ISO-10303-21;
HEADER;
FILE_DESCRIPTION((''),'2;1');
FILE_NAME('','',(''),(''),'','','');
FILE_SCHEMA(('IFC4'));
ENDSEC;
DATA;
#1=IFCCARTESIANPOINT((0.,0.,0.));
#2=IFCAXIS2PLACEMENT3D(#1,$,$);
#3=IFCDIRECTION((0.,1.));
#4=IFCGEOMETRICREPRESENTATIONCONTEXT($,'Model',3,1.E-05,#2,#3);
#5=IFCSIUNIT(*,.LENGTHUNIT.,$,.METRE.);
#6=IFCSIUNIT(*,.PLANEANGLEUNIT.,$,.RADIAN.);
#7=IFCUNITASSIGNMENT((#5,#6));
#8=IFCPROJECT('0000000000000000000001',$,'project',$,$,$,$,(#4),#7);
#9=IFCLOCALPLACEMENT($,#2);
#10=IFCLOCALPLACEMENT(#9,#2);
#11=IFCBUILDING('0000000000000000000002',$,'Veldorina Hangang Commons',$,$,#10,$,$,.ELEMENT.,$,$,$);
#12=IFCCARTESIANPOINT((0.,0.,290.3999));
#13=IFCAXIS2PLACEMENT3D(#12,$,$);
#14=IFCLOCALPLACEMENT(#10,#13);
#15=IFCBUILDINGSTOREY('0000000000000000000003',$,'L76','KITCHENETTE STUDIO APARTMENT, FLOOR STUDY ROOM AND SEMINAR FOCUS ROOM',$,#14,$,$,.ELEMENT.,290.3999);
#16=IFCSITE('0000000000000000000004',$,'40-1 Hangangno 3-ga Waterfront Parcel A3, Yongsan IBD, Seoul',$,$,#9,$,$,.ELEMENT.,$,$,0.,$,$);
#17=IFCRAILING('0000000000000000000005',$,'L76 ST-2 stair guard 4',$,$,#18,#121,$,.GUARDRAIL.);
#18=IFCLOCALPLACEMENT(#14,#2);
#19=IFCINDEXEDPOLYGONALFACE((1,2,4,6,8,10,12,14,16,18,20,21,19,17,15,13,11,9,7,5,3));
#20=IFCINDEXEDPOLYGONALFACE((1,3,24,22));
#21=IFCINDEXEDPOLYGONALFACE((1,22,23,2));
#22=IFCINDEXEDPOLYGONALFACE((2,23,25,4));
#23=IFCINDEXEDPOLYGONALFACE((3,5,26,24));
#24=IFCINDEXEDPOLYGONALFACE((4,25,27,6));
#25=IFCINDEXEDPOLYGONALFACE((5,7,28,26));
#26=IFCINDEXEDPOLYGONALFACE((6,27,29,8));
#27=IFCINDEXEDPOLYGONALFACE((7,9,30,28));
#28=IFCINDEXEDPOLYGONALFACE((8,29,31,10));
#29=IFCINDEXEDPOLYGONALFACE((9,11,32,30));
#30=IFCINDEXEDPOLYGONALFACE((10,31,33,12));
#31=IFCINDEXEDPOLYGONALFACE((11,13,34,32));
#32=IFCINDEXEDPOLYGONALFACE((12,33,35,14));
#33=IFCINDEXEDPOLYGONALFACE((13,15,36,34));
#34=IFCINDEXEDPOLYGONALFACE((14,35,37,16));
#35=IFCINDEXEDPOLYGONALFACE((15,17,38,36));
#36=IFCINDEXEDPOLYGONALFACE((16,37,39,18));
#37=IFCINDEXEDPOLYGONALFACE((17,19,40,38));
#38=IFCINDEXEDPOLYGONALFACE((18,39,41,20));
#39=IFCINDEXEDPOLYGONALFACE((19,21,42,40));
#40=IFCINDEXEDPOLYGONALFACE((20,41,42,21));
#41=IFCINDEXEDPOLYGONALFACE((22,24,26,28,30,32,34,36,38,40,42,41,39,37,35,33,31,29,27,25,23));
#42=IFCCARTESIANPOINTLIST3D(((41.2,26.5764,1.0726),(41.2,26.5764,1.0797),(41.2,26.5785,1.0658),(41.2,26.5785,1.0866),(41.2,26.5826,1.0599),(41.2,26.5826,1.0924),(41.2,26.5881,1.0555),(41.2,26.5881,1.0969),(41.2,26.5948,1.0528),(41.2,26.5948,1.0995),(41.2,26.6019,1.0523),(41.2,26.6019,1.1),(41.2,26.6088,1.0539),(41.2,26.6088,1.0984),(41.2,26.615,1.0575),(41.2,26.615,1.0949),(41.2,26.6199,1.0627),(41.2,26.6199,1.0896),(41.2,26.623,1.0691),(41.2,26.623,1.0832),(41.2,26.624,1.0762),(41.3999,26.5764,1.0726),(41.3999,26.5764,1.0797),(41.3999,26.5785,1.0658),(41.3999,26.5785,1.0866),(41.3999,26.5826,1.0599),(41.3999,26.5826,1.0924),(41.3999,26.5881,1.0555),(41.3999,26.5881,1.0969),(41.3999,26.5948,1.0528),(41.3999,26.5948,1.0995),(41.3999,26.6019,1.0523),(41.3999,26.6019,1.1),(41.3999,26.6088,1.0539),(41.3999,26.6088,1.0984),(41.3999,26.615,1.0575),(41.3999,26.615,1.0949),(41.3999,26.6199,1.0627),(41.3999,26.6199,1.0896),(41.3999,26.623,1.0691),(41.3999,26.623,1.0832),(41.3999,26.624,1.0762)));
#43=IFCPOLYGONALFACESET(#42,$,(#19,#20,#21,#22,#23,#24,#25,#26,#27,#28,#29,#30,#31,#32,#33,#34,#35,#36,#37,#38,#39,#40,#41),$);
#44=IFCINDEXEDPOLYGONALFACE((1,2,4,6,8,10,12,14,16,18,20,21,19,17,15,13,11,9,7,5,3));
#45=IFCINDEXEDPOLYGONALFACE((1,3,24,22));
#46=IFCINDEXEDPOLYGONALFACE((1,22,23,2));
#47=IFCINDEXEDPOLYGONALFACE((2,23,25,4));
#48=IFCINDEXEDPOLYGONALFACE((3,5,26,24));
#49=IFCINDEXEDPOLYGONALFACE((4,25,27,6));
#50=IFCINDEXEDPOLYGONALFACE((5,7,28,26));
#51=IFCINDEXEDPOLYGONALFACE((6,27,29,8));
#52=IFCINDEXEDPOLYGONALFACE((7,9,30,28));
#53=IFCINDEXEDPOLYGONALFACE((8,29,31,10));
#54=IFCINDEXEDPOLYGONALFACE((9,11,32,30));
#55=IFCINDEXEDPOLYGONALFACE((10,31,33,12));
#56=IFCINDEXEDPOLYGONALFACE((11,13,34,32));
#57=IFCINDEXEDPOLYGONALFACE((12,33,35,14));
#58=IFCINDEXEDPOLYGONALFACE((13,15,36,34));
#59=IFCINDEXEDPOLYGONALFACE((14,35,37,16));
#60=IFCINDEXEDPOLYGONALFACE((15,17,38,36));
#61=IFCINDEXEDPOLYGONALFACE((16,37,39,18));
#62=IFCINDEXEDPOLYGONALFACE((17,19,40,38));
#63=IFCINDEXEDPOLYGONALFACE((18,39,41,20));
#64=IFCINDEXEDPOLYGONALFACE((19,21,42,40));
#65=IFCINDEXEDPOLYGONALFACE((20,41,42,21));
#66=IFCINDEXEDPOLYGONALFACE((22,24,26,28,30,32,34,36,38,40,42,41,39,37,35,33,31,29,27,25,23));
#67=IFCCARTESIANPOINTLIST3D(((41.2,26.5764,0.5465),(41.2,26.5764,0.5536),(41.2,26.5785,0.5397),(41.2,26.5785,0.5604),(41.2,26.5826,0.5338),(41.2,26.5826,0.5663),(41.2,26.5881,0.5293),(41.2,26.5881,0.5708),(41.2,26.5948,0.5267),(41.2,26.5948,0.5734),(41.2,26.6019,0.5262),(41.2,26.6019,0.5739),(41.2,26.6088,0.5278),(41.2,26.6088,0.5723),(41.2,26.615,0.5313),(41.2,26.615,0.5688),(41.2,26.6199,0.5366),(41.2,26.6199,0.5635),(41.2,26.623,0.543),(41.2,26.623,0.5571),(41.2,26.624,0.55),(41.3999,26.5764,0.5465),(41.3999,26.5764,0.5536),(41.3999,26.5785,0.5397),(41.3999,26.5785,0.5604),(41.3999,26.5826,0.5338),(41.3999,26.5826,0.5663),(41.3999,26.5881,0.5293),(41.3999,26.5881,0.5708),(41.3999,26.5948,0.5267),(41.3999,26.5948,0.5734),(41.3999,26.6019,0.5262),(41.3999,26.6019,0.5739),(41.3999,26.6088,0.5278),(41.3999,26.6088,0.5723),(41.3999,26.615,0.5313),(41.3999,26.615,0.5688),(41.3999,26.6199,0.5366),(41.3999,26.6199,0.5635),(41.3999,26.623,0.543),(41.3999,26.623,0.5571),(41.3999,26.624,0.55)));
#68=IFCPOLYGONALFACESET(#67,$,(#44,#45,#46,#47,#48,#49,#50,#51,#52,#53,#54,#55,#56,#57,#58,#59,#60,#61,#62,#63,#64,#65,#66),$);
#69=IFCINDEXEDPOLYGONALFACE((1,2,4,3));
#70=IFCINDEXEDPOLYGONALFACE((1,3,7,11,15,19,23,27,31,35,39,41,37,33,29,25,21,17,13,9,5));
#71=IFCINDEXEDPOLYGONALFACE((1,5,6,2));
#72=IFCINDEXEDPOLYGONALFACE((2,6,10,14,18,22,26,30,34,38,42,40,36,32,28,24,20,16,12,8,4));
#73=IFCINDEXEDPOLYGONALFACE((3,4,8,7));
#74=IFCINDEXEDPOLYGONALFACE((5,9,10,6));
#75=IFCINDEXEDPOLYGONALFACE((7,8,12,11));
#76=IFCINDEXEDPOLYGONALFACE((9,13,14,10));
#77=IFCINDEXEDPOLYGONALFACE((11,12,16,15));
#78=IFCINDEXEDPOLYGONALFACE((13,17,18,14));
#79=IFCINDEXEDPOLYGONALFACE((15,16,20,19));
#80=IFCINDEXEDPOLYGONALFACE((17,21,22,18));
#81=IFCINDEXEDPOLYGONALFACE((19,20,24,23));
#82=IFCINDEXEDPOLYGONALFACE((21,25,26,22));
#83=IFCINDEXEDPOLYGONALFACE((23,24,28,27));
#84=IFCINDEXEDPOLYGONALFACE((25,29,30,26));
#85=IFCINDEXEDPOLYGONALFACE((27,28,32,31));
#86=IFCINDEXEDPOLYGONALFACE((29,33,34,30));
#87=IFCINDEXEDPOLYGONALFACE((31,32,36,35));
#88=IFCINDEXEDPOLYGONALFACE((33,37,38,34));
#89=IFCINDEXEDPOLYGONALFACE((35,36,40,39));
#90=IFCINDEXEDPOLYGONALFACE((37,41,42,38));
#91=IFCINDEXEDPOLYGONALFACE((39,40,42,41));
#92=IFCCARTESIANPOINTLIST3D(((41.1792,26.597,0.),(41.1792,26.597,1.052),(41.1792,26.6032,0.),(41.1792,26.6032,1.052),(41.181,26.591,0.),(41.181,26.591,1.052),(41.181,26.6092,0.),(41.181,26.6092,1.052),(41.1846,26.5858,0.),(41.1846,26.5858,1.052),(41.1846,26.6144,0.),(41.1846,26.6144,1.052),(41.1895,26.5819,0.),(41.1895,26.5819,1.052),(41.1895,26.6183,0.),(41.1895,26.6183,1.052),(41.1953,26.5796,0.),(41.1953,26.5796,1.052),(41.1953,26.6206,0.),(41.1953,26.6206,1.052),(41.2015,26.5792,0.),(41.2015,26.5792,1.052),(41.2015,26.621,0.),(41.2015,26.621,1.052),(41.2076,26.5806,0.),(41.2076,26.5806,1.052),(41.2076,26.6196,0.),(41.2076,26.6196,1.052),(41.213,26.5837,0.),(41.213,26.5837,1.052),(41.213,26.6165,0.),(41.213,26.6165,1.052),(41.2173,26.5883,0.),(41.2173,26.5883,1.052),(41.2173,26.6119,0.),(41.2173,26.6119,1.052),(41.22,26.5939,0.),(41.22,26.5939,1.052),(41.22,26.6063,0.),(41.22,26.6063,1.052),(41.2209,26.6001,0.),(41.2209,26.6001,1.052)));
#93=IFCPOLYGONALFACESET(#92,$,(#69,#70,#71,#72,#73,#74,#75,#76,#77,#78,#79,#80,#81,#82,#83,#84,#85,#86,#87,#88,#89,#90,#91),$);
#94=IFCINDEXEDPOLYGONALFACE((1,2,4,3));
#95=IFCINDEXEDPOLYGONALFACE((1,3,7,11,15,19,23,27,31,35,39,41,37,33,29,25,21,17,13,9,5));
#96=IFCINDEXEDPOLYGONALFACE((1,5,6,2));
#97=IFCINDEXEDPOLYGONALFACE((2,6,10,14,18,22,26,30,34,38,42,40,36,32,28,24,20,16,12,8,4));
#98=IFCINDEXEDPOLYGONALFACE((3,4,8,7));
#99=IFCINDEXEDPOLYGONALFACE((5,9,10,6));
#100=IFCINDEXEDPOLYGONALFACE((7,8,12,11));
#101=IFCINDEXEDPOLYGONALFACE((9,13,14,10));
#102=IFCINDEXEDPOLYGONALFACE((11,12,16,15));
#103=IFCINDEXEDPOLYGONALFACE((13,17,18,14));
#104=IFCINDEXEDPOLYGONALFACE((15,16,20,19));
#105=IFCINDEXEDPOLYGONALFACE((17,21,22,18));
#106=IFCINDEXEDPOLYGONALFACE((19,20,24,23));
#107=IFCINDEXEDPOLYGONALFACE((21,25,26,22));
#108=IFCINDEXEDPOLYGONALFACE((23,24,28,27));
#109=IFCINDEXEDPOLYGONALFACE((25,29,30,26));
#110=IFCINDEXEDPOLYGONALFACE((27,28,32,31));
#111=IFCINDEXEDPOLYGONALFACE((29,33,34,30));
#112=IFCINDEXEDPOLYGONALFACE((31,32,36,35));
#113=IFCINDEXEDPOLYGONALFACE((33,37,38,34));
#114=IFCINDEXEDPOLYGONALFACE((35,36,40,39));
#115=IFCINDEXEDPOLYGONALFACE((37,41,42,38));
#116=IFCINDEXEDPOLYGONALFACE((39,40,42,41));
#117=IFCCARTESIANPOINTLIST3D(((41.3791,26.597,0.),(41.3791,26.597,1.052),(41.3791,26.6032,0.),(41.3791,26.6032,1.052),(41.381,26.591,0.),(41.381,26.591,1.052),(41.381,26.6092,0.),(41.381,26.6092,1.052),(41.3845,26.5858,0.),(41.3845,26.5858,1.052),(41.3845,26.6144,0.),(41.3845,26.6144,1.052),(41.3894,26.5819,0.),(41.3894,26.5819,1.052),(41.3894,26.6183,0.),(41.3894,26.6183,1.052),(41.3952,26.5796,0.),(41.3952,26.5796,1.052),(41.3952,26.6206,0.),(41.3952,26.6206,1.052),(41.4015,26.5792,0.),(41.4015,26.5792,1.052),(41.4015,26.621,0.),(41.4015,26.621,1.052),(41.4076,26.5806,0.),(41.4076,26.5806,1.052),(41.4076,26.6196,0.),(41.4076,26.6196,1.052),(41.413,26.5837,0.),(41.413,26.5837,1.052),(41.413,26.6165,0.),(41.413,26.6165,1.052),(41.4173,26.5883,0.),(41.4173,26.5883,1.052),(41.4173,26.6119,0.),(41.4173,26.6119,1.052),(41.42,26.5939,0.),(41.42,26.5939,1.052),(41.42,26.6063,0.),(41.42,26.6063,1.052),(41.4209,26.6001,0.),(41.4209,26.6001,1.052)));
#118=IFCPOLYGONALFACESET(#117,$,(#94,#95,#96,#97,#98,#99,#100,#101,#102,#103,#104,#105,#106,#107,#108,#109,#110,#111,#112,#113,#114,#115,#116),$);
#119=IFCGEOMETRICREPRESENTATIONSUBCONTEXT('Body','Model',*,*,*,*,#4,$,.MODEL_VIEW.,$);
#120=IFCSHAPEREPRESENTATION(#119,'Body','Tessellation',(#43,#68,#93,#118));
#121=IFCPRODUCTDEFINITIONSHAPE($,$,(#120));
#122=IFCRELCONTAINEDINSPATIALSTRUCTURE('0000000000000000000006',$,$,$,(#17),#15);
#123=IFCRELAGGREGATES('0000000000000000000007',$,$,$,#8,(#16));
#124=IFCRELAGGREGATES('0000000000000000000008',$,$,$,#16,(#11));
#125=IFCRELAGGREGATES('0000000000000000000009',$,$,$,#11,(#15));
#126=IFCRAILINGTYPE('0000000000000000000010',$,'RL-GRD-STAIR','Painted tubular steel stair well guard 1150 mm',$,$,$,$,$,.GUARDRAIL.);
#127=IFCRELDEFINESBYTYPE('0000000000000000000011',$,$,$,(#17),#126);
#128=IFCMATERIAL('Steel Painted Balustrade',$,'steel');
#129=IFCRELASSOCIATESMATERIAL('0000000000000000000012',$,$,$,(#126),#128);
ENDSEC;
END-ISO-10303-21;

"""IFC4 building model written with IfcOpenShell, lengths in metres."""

from ifc_helpers import new_model, si_unit, direction, frame, origin, origin_2d, place, context, subcontext, project, spatial, circle, extrude, material, type_object, element, save


model = new_model("IFC4")

# Units and contexts
model_context = context("Model", 3, precision=1e-05, world=origin(), true_north=direction((0.0, 1.0)))
body_context = subcontext(model_context, "Body", "Model", "MODEL_VIEW")
ifc_project = project(units=[si_unit("LENGTHUNIT", "METRE"), si_unit("PLANEANGLEUNIT", "RADIAN")], contexts=[model_context])

# Site, building, storey
site_placement = place(None, origin())
site = spatial("IfcSite", under=ifc_project, at=site_placement, Name="40-1 Hangangno 3-ga Waterfront Parcel A3, Yongsan IBD, Seoul", CompositionType="ELEMENT", RefElevation=0.0)
building_placement = place(site_placement, origin())
building = spatial("IfcBuilding", under=site, at=building_placement, Name="Veldorina Hangang Commons", CompositionType="ELEMENT")
storey_placement = place(building_placement, frame((0.0, 0.0, 290.3999)))
storey = spatial("IfcBuildingStorey", under=building, at=storey_placement, Name="L76", Description="KITCHENETTE STUDIO APARTMENT, FLOOR STUDY ROOM AND SEMINAR FOCUS ROOM", CompositionType="ELEMENT", Elevation=290.3999)

# Railing
ifc_material_1 = material(Name="Steel Painted Balustrade", Category="steel")
railing_type_1 = type_object("IfcRailingType", Name="RL-GRD-STAIR", Description="Painted tubular steel stair well guard 1150 mm", PredefinedType="GUARDRAIL", material=ifc_material_1)
railing_1_placement = place(storey_placement, frame((41.2, 26.6001, 0.0)))
element("IfcRailing", 1, at=railing_1_placement, inside=storey, type_object=railing_type_1, Name="L76 ST-2 stair guard 4", PredefinedType="GUARDRAIL", context=body_context, shape_type="SweptSolid", body=[
    extrude(circle(Radius=0.0239, at=origin_2d()), frame((0.0, 0.0, 1.0762), z_axis=(1.0, 0.0, 0.0), x_axis=(0.0, 1.0, 0.0)), (0.0, 0.0, 1.0), 0.2),
    extrude(circle(Radius=0.0239, at=origin_2d()), frame((0.0, 0.0, 0.55), z_axis=(1.0, 0.0, 0.0), x_axis=(0.0, 1.0, 0.0)), (0.0, 0.0, 1.0), 0.2),
    extrude(circle(Radius=0.021, at=origin_2d()), origin(), (0.0, 0.0, 1.0), 1.052),
    extrude(circle(Radius=0.021, at=origin_2d()), frame((0.2, 0.0, 0.0)), (0.0, 0.0, 1.0), 1.052),
])

save(model, "model.ifc")
